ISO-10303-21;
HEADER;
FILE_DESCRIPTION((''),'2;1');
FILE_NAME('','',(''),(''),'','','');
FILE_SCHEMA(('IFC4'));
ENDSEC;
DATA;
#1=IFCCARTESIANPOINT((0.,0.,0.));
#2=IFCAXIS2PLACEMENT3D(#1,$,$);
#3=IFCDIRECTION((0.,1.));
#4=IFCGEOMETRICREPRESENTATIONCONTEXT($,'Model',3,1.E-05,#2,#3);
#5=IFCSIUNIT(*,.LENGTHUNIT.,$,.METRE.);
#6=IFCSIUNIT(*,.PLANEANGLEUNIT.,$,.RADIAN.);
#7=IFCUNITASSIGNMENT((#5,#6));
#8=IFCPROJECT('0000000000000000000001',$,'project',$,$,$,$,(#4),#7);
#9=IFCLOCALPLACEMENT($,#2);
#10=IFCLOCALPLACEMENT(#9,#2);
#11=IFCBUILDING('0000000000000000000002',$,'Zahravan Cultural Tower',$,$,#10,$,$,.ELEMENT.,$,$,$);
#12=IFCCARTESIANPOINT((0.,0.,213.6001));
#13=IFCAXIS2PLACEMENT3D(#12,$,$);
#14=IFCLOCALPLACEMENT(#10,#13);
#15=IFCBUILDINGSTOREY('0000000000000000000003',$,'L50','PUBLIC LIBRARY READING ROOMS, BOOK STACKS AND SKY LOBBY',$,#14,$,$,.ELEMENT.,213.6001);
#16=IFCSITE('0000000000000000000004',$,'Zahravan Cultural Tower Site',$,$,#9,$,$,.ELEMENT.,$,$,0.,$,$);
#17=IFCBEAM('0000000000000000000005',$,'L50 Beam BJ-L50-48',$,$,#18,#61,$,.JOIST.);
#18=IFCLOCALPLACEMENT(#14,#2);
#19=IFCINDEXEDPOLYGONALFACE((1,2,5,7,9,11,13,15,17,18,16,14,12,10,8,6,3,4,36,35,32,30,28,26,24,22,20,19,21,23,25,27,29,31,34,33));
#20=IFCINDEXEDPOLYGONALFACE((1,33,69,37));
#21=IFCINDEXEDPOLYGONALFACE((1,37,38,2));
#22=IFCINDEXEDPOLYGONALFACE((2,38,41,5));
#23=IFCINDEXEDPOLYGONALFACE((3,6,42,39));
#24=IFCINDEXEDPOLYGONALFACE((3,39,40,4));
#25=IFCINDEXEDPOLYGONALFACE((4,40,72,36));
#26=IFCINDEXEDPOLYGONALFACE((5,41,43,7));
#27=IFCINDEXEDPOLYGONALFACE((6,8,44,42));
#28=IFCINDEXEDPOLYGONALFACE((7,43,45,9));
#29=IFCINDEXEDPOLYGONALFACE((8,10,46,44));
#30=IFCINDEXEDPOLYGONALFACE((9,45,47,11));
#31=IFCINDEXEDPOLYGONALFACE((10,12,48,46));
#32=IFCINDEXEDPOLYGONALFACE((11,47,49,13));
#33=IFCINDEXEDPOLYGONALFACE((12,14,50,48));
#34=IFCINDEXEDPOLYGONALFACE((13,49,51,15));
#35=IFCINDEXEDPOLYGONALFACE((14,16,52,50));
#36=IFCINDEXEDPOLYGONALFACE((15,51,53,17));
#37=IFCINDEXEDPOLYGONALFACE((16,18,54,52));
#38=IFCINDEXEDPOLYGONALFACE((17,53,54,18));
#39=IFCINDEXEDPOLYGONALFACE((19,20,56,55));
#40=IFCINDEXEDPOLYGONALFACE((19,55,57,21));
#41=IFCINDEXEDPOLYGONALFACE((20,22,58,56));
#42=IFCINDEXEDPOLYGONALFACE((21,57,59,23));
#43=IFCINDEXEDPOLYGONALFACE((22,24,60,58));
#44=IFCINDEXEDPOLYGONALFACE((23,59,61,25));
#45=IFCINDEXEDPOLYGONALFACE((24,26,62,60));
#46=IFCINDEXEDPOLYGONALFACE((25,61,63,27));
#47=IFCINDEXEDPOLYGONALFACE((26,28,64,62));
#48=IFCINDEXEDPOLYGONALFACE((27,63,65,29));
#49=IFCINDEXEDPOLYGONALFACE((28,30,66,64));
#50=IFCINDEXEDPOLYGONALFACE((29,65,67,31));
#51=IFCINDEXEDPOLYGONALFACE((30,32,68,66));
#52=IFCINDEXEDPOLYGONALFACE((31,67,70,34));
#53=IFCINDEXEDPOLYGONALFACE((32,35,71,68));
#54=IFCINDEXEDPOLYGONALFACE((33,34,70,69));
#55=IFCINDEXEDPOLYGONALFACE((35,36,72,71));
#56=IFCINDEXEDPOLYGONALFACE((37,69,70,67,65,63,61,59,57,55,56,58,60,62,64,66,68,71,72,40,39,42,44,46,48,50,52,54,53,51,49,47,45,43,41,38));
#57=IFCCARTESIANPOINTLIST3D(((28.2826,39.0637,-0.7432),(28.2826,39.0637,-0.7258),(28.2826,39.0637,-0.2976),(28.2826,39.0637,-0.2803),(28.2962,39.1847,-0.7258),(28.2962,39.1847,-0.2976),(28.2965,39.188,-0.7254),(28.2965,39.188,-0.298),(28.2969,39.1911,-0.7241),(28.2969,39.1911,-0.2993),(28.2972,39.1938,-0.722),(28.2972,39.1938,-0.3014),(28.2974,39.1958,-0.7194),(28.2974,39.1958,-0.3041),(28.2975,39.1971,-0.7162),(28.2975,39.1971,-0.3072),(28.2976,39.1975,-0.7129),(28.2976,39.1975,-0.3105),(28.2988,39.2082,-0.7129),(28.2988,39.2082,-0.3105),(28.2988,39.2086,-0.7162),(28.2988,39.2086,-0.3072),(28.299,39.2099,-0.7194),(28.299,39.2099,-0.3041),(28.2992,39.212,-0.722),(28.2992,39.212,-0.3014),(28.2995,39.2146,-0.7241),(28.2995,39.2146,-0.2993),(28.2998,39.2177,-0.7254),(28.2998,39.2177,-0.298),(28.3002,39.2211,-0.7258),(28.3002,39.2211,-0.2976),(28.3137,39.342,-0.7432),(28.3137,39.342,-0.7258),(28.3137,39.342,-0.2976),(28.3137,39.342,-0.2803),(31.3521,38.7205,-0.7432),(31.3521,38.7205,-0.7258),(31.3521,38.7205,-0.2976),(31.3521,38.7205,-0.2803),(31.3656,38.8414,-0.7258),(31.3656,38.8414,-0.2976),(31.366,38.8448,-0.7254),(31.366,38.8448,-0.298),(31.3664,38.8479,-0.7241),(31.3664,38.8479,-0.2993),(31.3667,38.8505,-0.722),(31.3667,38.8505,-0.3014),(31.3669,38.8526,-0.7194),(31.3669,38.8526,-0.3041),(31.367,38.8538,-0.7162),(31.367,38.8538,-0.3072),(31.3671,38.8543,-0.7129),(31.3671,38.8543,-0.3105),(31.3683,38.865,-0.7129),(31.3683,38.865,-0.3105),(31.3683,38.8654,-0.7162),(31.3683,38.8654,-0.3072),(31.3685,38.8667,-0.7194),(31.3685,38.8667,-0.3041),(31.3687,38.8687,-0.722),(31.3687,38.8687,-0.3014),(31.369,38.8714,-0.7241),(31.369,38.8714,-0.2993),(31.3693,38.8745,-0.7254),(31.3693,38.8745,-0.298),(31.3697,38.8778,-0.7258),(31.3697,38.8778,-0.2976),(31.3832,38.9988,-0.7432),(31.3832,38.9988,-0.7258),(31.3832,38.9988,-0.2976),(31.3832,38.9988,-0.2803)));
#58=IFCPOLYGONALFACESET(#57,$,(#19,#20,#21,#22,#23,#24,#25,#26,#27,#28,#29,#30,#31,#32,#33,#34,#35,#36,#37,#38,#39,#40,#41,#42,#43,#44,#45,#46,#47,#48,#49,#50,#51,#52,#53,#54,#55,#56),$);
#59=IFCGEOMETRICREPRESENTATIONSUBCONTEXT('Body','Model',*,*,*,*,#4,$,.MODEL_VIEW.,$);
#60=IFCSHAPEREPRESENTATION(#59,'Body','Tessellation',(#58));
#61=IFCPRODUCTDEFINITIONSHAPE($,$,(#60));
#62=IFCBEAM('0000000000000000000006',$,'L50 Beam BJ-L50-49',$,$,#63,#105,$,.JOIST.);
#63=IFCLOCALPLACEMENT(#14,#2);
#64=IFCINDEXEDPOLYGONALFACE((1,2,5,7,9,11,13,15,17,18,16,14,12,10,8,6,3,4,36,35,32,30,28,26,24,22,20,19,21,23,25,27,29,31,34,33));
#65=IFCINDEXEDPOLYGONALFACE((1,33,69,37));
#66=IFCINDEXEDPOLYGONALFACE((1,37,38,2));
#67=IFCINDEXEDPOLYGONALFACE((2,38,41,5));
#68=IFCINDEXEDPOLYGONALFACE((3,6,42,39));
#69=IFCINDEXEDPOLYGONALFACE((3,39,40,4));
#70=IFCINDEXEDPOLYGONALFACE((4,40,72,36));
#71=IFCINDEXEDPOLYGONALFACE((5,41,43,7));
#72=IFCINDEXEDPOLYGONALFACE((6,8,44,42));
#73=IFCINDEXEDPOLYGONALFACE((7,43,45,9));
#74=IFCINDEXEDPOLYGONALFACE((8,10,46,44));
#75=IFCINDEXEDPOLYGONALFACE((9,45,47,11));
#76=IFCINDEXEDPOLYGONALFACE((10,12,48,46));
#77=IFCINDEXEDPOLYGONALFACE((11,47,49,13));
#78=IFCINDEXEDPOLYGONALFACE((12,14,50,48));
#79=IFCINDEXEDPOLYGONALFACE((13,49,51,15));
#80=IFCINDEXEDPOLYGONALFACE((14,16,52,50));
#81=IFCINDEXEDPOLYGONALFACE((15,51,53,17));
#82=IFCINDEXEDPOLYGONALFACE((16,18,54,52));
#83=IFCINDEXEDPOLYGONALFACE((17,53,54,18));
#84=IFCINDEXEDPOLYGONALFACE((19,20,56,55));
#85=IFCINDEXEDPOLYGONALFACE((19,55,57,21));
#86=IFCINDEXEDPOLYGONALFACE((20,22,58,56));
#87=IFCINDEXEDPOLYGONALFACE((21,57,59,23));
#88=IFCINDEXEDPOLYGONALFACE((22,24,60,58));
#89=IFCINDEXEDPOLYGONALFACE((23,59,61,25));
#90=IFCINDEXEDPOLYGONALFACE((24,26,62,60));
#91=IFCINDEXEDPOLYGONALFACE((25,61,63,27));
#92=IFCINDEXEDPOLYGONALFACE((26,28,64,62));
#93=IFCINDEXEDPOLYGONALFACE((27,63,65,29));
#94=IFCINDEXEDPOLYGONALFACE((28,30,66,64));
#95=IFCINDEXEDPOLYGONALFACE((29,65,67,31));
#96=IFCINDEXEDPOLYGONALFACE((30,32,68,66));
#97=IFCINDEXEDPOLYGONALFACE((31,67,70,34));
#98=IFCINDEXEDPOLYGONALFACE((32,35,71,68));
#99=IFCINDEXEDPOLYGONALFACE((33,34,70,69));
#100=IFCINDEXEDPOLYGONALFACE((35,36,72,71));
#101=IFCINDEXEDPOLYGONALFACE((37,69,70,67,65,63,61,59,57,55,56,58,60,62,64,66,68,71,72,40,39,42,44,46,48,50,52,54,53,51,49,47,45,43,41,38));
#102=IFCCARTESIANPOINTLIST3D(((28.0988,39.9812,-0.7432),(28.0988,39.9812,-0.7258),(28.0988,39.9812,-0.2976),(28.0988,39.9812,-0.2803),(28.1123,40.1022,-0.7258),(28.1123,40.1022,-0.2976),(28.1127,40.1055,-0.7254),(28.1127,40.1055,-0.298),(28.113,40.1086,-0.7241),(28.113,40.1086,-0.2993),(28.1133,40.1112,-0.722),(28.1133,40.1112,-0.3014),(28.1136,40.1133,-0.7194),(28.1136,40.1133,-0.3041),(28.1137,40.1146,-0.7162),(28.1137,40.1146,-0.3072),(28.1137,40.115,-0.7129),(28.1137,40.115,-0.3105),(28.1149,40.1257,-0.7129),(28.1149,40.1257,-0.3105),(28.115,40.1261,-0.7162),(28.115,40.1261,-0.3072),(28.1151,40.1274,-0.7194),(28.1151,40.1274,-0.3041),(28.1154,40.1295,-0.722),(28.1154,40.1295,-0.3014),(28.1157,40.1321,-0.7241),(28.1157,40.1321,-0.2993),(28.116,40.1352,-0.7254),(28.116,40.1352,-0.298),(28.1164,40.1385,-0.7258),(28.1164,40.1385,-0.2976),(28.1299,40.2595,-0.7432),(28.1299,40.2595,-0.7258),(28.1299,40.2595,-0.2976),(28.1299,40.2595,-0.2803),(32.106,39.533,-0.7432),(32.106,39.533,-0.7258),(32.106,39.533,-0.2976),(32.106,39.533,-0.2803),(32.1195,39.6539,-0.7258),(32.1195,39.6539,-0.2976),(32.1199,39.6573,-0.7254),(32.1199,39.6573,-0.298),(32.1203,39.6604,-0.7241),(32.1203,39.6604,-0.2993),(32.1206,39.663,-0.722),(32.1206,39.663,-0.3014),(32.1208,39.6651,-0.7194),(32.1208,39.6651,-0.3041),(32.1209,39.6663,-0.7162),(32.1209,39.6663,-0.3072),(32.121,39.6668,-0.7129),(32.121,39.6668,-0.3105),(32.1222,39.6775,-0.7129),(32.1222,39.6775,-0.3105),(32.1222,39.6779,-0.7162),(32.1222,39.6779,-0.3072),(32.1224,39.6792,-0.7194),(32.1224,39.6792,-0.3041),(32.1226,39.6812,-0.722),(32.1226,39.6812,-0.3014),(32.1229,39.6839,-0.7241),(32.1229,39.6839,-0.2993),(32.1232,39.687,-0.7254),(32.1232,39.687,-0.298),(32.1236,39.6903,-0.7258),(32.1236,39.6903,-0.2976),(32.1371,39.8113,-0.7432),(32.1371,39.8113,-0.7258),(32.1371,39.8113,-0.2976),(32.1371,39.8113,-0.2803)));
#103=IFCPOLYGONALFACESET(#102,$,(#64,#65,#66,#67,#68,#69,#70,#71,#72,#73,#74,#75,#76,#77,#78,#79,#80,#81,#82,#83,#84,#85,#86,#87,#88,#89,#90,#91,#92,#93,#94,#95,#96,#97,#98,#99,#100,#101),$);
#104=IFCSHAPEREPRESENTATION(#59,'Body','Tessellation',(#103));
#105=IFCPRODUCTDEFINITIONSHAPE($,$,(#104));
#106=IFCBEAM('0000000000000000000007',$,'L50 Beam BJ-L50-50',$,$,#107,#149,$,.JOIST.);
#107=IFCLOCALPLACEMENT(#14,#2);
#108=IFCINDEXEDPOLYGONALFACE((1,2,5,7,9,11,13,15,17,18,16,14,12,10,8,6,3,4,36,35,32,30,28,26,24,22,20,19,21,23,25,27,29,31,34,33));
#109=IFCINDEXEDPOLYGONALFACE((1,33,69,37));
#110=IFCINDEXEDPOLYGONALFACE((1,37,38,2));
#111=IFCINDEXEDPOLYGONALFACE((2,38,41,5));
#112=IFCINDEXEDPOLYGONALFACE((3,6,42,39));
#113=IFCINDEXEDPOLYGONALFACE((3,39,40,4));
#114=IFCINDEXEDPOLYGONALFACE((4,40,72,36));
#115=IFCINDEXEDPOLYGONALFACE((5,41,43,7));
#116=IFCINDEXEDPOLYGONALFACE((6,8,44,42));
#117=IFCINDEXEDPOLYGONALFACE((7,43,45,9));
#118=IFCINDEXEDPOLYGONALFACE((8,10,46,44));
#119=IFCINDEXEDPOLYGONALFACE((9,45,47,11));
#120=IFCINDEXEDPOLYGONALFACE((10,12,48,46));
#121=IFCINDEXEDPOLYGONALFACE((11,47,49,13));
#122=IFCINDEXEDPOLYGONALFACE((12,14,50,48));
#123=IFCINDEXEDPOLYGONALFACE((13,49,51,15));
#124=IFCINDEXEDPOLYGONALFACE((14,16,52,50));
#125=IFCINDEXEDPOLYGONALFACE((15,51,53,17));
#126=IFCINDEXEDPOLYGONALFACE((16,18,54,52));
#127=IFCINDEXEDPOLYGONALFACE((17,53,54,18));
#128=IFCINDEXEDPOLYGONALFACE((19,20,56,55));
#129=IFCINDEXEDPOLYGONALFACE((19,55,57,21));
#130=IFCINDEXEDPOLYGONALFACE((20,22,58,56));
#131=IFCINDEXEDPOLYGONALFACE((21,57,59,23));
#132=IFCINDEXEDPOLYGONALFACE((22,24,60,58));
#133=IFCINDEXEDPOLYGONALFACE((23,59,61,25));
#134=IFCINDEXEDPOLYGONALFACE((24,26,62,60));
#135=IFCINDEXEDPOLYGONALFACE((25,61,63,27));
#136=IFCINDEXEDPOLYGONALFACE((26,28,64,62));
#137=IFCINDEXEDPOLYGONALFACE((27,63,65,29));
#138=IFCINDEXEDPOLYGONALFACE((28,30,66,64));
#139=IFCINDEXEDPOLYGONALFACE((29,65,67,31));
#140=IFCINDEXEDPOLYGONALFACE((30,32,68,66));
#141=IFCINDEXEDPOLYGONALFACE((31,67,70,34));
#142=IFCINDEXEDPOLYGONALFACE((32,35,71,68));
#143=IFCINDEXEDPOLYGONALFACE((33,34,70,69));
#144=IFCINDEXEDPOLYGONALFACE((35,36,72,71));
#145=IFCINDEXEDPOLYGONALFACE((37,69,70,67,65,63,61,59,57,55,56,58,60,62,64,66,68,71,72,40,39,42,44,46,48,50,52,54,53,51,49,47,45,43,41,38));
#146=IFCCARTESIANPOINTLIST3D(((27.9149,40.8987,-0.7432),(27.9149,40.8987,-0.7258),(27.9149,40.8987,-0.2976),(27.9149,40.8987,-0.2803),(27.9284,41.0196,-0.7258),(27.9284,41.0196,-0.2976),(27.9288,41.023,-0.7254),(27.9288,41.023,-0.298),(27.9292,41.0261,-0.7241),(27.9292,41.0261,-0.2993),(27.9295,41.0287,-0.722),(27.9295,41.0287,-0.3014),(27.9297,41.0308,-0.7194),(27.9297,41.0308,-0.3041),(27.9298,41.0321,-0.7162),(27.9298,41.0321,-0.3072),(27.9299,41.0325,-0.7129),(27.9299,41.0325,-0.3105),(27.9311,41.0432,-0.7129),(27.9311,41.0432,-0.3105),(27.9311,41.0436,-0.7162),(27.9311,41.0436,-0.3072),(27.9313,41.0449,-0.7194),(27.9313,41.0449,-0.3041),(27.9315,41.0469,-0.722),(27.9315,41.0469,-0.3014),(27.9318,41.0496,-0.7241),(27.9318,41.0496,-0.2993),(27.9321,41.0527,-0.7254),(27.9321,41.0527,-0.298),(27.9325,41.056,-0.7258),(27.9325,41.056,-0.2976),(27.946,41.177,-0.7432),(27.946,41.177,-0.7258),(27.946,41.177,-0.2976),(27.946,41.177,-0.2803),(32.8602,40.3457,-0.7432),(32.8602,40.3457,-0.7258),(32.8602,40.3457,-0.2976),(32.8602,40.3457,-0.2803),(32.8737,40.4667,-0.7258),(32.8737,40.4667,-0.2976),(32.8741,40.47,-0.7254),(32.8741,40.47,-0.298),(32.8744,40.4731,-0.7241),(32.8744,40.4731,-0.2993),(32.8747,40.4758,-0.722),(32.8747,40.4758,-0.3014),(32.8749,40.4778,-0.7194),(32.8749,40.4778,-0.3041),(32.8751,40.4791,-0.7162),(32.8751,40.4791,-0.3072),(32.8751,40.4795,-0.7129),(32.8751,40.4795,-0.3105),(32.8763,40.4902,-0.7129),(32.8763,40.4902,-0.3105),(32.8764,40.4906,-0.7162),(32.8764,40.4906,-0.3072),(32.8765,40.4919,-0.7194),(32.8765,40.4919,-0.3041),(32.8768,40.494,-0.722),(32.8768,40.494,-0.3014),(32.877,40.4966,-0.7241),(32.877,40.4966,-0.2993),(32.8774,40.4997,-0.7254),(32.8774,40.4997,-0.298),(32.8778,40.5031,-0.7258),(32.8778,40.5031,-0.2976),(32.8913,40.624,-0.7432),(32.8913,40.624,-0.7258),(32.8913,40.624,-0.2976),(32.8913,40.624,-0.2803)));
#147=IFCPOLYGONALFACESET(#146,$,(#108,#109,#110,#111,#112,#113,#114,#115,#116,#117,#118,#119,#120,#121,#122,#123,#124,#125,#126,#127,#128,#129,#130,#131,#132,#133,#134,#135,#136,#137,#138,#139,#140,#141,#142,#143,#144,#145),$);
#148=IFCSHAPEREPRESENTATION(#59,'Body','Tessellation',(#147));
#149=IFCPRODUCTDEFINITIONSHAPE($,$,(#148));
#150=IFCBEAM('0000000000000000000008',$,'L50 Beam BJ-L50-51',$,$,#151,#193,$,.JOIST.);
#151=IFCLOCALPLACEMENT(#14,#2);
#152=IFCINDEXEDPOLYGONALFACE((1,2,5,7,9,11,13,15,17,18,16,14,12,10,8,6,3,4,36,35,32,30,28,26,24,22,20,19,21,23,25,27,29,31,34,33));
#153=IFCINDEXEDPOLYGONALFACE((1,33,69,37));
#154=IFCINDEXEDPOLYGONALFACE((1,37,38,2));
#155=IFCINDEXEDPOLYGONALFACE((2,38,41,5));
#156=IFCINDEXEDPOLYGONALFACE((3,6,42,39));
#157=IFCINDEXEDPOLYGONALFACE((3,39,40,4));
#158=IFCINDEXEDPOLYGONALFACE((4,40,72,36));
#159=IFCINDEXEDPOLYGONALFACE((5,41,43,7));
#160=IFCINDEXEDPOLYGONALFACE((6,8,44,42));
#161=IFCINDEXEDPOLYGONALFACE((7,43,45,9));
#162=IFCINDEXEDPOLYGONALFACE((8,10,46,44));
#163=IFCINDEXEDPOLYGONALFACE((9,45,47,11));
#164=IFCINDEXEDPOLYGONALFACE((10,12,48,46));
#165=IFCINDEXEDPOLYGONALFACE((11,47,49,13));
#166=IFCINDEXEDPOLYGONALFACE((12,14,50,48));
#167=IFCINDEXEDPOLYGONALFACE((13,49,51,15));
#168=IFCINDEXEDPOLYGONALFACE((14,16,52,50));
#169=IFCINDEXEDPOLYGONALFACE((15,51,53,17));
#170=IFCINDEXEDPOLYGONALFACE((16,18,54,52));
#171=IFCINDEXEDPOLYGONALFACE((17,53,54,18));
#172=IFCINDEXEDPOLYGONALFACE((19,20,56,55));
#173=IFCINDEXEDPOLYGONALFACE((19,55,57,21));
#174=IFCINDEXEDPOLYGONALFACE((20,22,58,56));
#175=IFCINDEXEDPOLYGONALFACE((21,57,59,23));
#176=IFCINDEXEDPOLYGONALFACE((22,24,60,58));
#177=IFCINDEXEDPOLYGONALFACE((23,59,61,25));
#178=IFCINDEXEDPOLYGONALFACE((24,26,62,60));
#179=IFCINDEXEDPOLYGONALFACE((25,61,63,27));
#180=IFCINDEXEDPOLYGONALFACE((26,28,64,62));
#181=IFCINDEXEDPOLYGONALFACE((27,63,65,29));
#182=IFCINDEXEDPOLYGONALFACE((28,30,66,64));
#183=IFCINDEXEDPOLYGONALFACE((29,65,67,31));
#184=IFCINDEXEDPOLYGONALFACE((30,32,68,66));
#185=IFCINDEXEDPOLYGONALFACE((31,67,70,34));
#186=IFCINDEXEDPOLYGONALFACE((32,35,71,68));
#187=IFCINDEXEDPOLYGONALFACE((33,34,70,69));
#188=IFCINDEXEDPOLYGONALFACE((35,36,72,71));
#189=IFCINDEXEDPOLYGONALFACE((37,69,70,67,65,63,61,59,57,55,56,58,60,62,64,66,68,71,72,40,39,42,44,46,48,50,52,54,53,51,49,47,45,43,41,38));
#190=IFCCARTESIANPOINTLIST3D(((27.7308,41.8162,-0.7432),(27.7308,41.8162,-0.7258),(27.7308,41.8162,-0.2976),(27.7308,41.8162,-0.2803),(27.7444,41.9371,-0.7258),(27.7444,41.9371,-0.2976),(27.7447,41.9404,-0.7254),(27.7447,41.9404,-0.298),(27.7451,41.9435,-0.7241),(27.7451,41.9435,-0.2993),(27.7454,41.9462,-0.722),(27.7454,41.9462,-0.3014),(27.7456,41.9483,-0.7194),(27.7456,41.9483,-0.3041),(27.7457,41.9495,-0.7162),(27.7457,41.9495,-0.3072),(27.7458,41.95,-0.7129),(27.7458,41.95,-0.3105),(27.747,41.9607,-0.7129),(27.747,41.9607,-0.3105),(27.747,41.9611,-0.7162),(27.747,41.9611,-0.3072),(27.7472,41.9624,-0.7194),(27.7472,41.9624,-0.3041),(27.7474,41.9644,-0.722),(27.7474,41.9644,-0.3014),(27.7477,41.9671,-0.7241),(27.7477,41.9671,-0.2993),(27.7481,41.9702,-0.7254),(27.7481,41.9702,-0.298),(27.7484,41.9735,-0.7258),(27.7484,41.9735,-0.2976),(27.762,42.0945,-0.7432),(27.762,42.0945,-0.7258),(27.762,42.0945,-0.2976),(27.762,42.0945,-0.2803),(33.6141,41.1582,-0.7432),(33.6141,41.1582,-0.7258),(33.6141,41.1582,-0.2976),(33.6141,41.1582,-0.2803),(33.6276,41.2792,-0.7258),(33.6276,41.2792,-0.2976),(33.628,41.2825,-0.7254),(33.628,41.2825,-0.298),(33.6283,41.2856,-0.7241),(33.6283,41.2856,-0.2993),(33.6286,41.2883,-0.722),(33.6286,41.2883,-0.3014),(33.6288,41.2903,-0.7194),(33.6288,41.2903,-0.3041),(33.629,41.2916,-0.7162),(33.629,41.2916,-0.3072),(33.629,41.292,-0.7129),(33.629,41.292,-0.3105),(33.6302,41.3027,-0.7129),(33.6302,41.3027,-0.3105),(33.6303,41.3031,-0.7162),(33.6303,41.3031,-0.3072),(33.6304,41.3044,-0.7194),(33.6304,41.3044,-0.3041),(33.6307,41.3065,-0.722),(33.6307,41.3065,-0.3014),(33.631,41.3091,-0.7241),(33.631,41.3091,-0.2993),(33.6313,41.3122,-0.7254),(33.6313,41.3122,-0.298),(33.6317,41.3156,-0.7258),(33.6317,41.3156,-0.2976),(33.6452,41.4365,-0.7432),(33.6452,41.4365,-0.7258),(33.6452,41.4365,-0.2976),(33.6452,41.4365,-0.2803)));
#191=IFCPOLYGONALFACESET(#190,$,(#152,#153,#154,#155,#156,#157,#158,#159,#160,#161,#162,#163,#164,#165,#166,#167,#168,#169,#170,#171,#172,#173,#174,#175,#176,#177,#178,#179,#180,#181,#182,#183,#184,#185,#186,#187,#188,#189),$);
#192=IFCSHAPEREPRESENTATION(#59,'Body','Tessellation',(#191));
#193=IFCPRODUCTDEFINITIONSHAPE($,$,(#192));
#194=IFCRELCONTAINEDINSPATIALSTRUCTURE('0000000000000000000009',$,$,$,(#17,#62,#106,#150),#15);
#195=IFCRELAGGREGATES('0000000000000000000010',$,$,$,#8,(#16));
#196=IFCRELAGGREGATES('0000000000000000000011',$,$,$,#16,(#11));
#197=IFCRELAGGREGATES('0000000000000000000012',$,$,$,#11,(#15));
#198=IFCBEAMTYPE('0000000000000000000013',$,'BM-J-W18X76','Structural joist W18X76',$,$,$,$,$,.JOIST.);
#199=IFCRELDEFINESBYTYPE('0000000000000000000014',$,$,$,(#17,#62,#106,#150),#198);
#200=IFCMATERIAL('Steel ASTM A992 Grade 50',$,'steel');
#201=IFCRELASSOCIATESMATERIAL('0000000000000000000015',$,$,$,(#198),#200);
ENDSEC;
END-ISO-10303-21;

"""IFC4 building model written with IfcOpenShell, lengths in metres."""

from ifc_helpers import new_model, si_unit, direction, frame, origin, origin_2d, place, context, subcontext, project, spatial, i_section, extrude, source, transform, mapped, material, material_profile, profile_set, type_object, element, save


model = new_model("IFC4")

# Units and contexts
model_context = context("Model", 3, precision=1e-05, world=origin(), true_north=direction((0.0, 1.0)))
body_context = subcontext(model_context, "Body", "Model", "MODEL_VIEW")
ifc_project = project(units=[si_unit("LENGTHUNIT", "METRE"), si_unit("PLANEANGLEUNIT", "RADIAN")], contexts=[model_context])

# Site, building, storey
site_placement = place(None, origin())
site = spatial("IfcSite", under=ifc_project, at=site_placement, Name="Zahravan Cultural Tower Site", CompositionType="ELEMENT", RefElevation=0.0)
building_placement = place(site_placement, origin())
building = spatial("IfcBuilding", under=site, at=building_placement, Name="Zahravan Cultural Tower", CompositionType="ELEMENT")
storey_placement = place(building_placement, frame((0.0, 0.0, 213.6001)))
storey = spatial("IfcBuildingStorey", under=building, at=storey_placement, Name="L50", Description="PUBLIC LIBRARY READING ROOMS, BOOK STACKS AND SKY LOBBY", CompositionType="ELEMENT", Elevation=213.6001)

# Shared definitions
ifc_material_1 = material(Name="Steel ASTM A992 Grade 50", Category="steel")

# Beams
ifc_material_profile_1 = material_profile(ifc_material_1, i_section(OverallWidth=0.28, OverallDepth=0.4629, WebThickness=0.0107, FlangeThickness=0.0173, FilletRadius=0.0129, at=origin_2d()), Name="W18X76")
ifc_profile_set_1 = profile_set([ifc_material_profile_1], Name="Steel ASTM A992 Grade 50")
beam_type_1 = type_object("IfcBeamType", Name="BM-J-W18X76", Description="Structural joist W18X76", PredefinedType="JOIST", material=ifc_profile_set_1)
shared_shape_1 = source(origin(), body_context, "Body", "SweptSolid", [
    extrude(i_section(OverallWidth=0.28, OverallDepth=0.4629, WebThickness=0.0107, FlangeThickness=0.0173, FilletRadius=0.0129, at=origin_2d()), origin(), (0.0, 0.0, 1.0), 3.0886),
])
beam_1_placement = place(storey_placement, frame((31.3677, 38.8596, -0.5117), z_axis=(-0.993805, 0.111134, 0.0), x_axis=(-0.111134, -0.993805, 0.0)))
element("IfcBeam", 1, at=beam_1_placement, inside=storey, type_object=beam_type_1, Name="L50 Beam BJ-L50-48", PredefinedType="JOIST", context=body_context, shape_type="MappedRepresentation", body=[
    mapped(shared_shape_1, transform((0.0, 0.0, 0.0), x_axis=(1.0, 0.0, 0.0), y_axis=(0.0, 1.0, 0.0), z_axis=(0.0, 0.0, 1.0), scale=1.0)),
])
shared_shape_2 = source(origin(), body_context, "Body", "SweptSolid", [
    extrude(i_section(OverallWidth=0.28, OverallDepth=0.4629, WebThickness=0.0107, FlangeThickness=0.0173, FilletRadius=0.0129, at=origin_2d()), origin(), (0.0, 0.0, 1.0), 4.0322),
])
beam_2_placement = place(storey_placement, frame((32.1216, 39.6721, -0.5117), z_axis=(-0.993802, 0.111162, 0.0), x_axis=(-0.111162, -0.993802, 0.0)))
element("IfcBeam", 2, at=beam_2_placement, inside=storey, type_object=beam_type_1, Name="L50 Beam BJ-L50-49", PredefinedType="JOIST", context=body_context, shape_type="MappedRepresentation", body=[
    mapped(shared_shape_2, transform((0.0, 0.0, 0.0), x_axis=(1.0, 0.0, 0.0), y_axis=(0.0, 1.0, 0.0), z_axis=(0.0, 0.0, 1.0), scale=1.0)),
])
shared_shape_3 = source(origin(), body_context, "Body", "SweptSolid", [
    extrude(i_section(OverallWidth=0.28, OverallDepth=0.4629, WebThickness=0.0107, FlangeThickness=0.0173, FilletRadius=0.0129, at=origin_2d()), origin(), (0.0, 0.0, 1.0), 4.9761),
])
beam_3_placement = place(storey_placement, frame((32.8757, 40.4849, -0.5117), z_axis=(-0.993806, 0.111126, 0.0), x_axis=(-0.111126, -0.993806, 0.0)))
element("IfcBeam", 3, at=beam_3_placement, inside=storey, type_object=beam_type_1, Name="L50 Beam BJ-L50-50", PredefinedType="JOIST", context=body_context, shape_type="MappedRepresentation", body=[
    mapped(shared_shape_3, transform((0.0, 0.0, 0.0), x_axis=(1.0, 0.0, 0.0), y_axis=(0.0, 1.0, 0.0), z_axis=(0.0, 0.0, 1.0), scale=1.0)),
])
shared_shape_4 = source(origin(), body_context, "Body", "SweptSolid", [
    extrude(i_section(OverallWidth=0.28, OverallDepth=0.4629, WebThickness=0.0107, FlangeThickness=0.0173, FilletRadius=0.0129, at=origin_2d()), origin(), (0.0, 0.0, 1.0), 5.9199),
])
beam_4_placement = place(storey_placement, frame((33.6296, 41.2974, -0.5117), z_axis=(-0.993805, 0.111142, 0.0), x_axis=(-0.111142, -0.993805, 0.0)))
element("IfcBeam", 4, at=beam_4_placement, inside=storey, type_object=beam_type_1, Name="L50 Beam BJ-L50-51", PredefinedType="JOIST", context=body_context, shape_type="MappedRepresentation", body=[
    mapped(shared_shape_4, transform((0.0, 0.0, 0.0), x_axis=(1.0, 0.0, 0.0), y_axis=(0.0, 1.0, 0.0), z_axis=(0.0, 0.0, 1.0), scale=1.0)),
])

save(model, "model.ifc")
